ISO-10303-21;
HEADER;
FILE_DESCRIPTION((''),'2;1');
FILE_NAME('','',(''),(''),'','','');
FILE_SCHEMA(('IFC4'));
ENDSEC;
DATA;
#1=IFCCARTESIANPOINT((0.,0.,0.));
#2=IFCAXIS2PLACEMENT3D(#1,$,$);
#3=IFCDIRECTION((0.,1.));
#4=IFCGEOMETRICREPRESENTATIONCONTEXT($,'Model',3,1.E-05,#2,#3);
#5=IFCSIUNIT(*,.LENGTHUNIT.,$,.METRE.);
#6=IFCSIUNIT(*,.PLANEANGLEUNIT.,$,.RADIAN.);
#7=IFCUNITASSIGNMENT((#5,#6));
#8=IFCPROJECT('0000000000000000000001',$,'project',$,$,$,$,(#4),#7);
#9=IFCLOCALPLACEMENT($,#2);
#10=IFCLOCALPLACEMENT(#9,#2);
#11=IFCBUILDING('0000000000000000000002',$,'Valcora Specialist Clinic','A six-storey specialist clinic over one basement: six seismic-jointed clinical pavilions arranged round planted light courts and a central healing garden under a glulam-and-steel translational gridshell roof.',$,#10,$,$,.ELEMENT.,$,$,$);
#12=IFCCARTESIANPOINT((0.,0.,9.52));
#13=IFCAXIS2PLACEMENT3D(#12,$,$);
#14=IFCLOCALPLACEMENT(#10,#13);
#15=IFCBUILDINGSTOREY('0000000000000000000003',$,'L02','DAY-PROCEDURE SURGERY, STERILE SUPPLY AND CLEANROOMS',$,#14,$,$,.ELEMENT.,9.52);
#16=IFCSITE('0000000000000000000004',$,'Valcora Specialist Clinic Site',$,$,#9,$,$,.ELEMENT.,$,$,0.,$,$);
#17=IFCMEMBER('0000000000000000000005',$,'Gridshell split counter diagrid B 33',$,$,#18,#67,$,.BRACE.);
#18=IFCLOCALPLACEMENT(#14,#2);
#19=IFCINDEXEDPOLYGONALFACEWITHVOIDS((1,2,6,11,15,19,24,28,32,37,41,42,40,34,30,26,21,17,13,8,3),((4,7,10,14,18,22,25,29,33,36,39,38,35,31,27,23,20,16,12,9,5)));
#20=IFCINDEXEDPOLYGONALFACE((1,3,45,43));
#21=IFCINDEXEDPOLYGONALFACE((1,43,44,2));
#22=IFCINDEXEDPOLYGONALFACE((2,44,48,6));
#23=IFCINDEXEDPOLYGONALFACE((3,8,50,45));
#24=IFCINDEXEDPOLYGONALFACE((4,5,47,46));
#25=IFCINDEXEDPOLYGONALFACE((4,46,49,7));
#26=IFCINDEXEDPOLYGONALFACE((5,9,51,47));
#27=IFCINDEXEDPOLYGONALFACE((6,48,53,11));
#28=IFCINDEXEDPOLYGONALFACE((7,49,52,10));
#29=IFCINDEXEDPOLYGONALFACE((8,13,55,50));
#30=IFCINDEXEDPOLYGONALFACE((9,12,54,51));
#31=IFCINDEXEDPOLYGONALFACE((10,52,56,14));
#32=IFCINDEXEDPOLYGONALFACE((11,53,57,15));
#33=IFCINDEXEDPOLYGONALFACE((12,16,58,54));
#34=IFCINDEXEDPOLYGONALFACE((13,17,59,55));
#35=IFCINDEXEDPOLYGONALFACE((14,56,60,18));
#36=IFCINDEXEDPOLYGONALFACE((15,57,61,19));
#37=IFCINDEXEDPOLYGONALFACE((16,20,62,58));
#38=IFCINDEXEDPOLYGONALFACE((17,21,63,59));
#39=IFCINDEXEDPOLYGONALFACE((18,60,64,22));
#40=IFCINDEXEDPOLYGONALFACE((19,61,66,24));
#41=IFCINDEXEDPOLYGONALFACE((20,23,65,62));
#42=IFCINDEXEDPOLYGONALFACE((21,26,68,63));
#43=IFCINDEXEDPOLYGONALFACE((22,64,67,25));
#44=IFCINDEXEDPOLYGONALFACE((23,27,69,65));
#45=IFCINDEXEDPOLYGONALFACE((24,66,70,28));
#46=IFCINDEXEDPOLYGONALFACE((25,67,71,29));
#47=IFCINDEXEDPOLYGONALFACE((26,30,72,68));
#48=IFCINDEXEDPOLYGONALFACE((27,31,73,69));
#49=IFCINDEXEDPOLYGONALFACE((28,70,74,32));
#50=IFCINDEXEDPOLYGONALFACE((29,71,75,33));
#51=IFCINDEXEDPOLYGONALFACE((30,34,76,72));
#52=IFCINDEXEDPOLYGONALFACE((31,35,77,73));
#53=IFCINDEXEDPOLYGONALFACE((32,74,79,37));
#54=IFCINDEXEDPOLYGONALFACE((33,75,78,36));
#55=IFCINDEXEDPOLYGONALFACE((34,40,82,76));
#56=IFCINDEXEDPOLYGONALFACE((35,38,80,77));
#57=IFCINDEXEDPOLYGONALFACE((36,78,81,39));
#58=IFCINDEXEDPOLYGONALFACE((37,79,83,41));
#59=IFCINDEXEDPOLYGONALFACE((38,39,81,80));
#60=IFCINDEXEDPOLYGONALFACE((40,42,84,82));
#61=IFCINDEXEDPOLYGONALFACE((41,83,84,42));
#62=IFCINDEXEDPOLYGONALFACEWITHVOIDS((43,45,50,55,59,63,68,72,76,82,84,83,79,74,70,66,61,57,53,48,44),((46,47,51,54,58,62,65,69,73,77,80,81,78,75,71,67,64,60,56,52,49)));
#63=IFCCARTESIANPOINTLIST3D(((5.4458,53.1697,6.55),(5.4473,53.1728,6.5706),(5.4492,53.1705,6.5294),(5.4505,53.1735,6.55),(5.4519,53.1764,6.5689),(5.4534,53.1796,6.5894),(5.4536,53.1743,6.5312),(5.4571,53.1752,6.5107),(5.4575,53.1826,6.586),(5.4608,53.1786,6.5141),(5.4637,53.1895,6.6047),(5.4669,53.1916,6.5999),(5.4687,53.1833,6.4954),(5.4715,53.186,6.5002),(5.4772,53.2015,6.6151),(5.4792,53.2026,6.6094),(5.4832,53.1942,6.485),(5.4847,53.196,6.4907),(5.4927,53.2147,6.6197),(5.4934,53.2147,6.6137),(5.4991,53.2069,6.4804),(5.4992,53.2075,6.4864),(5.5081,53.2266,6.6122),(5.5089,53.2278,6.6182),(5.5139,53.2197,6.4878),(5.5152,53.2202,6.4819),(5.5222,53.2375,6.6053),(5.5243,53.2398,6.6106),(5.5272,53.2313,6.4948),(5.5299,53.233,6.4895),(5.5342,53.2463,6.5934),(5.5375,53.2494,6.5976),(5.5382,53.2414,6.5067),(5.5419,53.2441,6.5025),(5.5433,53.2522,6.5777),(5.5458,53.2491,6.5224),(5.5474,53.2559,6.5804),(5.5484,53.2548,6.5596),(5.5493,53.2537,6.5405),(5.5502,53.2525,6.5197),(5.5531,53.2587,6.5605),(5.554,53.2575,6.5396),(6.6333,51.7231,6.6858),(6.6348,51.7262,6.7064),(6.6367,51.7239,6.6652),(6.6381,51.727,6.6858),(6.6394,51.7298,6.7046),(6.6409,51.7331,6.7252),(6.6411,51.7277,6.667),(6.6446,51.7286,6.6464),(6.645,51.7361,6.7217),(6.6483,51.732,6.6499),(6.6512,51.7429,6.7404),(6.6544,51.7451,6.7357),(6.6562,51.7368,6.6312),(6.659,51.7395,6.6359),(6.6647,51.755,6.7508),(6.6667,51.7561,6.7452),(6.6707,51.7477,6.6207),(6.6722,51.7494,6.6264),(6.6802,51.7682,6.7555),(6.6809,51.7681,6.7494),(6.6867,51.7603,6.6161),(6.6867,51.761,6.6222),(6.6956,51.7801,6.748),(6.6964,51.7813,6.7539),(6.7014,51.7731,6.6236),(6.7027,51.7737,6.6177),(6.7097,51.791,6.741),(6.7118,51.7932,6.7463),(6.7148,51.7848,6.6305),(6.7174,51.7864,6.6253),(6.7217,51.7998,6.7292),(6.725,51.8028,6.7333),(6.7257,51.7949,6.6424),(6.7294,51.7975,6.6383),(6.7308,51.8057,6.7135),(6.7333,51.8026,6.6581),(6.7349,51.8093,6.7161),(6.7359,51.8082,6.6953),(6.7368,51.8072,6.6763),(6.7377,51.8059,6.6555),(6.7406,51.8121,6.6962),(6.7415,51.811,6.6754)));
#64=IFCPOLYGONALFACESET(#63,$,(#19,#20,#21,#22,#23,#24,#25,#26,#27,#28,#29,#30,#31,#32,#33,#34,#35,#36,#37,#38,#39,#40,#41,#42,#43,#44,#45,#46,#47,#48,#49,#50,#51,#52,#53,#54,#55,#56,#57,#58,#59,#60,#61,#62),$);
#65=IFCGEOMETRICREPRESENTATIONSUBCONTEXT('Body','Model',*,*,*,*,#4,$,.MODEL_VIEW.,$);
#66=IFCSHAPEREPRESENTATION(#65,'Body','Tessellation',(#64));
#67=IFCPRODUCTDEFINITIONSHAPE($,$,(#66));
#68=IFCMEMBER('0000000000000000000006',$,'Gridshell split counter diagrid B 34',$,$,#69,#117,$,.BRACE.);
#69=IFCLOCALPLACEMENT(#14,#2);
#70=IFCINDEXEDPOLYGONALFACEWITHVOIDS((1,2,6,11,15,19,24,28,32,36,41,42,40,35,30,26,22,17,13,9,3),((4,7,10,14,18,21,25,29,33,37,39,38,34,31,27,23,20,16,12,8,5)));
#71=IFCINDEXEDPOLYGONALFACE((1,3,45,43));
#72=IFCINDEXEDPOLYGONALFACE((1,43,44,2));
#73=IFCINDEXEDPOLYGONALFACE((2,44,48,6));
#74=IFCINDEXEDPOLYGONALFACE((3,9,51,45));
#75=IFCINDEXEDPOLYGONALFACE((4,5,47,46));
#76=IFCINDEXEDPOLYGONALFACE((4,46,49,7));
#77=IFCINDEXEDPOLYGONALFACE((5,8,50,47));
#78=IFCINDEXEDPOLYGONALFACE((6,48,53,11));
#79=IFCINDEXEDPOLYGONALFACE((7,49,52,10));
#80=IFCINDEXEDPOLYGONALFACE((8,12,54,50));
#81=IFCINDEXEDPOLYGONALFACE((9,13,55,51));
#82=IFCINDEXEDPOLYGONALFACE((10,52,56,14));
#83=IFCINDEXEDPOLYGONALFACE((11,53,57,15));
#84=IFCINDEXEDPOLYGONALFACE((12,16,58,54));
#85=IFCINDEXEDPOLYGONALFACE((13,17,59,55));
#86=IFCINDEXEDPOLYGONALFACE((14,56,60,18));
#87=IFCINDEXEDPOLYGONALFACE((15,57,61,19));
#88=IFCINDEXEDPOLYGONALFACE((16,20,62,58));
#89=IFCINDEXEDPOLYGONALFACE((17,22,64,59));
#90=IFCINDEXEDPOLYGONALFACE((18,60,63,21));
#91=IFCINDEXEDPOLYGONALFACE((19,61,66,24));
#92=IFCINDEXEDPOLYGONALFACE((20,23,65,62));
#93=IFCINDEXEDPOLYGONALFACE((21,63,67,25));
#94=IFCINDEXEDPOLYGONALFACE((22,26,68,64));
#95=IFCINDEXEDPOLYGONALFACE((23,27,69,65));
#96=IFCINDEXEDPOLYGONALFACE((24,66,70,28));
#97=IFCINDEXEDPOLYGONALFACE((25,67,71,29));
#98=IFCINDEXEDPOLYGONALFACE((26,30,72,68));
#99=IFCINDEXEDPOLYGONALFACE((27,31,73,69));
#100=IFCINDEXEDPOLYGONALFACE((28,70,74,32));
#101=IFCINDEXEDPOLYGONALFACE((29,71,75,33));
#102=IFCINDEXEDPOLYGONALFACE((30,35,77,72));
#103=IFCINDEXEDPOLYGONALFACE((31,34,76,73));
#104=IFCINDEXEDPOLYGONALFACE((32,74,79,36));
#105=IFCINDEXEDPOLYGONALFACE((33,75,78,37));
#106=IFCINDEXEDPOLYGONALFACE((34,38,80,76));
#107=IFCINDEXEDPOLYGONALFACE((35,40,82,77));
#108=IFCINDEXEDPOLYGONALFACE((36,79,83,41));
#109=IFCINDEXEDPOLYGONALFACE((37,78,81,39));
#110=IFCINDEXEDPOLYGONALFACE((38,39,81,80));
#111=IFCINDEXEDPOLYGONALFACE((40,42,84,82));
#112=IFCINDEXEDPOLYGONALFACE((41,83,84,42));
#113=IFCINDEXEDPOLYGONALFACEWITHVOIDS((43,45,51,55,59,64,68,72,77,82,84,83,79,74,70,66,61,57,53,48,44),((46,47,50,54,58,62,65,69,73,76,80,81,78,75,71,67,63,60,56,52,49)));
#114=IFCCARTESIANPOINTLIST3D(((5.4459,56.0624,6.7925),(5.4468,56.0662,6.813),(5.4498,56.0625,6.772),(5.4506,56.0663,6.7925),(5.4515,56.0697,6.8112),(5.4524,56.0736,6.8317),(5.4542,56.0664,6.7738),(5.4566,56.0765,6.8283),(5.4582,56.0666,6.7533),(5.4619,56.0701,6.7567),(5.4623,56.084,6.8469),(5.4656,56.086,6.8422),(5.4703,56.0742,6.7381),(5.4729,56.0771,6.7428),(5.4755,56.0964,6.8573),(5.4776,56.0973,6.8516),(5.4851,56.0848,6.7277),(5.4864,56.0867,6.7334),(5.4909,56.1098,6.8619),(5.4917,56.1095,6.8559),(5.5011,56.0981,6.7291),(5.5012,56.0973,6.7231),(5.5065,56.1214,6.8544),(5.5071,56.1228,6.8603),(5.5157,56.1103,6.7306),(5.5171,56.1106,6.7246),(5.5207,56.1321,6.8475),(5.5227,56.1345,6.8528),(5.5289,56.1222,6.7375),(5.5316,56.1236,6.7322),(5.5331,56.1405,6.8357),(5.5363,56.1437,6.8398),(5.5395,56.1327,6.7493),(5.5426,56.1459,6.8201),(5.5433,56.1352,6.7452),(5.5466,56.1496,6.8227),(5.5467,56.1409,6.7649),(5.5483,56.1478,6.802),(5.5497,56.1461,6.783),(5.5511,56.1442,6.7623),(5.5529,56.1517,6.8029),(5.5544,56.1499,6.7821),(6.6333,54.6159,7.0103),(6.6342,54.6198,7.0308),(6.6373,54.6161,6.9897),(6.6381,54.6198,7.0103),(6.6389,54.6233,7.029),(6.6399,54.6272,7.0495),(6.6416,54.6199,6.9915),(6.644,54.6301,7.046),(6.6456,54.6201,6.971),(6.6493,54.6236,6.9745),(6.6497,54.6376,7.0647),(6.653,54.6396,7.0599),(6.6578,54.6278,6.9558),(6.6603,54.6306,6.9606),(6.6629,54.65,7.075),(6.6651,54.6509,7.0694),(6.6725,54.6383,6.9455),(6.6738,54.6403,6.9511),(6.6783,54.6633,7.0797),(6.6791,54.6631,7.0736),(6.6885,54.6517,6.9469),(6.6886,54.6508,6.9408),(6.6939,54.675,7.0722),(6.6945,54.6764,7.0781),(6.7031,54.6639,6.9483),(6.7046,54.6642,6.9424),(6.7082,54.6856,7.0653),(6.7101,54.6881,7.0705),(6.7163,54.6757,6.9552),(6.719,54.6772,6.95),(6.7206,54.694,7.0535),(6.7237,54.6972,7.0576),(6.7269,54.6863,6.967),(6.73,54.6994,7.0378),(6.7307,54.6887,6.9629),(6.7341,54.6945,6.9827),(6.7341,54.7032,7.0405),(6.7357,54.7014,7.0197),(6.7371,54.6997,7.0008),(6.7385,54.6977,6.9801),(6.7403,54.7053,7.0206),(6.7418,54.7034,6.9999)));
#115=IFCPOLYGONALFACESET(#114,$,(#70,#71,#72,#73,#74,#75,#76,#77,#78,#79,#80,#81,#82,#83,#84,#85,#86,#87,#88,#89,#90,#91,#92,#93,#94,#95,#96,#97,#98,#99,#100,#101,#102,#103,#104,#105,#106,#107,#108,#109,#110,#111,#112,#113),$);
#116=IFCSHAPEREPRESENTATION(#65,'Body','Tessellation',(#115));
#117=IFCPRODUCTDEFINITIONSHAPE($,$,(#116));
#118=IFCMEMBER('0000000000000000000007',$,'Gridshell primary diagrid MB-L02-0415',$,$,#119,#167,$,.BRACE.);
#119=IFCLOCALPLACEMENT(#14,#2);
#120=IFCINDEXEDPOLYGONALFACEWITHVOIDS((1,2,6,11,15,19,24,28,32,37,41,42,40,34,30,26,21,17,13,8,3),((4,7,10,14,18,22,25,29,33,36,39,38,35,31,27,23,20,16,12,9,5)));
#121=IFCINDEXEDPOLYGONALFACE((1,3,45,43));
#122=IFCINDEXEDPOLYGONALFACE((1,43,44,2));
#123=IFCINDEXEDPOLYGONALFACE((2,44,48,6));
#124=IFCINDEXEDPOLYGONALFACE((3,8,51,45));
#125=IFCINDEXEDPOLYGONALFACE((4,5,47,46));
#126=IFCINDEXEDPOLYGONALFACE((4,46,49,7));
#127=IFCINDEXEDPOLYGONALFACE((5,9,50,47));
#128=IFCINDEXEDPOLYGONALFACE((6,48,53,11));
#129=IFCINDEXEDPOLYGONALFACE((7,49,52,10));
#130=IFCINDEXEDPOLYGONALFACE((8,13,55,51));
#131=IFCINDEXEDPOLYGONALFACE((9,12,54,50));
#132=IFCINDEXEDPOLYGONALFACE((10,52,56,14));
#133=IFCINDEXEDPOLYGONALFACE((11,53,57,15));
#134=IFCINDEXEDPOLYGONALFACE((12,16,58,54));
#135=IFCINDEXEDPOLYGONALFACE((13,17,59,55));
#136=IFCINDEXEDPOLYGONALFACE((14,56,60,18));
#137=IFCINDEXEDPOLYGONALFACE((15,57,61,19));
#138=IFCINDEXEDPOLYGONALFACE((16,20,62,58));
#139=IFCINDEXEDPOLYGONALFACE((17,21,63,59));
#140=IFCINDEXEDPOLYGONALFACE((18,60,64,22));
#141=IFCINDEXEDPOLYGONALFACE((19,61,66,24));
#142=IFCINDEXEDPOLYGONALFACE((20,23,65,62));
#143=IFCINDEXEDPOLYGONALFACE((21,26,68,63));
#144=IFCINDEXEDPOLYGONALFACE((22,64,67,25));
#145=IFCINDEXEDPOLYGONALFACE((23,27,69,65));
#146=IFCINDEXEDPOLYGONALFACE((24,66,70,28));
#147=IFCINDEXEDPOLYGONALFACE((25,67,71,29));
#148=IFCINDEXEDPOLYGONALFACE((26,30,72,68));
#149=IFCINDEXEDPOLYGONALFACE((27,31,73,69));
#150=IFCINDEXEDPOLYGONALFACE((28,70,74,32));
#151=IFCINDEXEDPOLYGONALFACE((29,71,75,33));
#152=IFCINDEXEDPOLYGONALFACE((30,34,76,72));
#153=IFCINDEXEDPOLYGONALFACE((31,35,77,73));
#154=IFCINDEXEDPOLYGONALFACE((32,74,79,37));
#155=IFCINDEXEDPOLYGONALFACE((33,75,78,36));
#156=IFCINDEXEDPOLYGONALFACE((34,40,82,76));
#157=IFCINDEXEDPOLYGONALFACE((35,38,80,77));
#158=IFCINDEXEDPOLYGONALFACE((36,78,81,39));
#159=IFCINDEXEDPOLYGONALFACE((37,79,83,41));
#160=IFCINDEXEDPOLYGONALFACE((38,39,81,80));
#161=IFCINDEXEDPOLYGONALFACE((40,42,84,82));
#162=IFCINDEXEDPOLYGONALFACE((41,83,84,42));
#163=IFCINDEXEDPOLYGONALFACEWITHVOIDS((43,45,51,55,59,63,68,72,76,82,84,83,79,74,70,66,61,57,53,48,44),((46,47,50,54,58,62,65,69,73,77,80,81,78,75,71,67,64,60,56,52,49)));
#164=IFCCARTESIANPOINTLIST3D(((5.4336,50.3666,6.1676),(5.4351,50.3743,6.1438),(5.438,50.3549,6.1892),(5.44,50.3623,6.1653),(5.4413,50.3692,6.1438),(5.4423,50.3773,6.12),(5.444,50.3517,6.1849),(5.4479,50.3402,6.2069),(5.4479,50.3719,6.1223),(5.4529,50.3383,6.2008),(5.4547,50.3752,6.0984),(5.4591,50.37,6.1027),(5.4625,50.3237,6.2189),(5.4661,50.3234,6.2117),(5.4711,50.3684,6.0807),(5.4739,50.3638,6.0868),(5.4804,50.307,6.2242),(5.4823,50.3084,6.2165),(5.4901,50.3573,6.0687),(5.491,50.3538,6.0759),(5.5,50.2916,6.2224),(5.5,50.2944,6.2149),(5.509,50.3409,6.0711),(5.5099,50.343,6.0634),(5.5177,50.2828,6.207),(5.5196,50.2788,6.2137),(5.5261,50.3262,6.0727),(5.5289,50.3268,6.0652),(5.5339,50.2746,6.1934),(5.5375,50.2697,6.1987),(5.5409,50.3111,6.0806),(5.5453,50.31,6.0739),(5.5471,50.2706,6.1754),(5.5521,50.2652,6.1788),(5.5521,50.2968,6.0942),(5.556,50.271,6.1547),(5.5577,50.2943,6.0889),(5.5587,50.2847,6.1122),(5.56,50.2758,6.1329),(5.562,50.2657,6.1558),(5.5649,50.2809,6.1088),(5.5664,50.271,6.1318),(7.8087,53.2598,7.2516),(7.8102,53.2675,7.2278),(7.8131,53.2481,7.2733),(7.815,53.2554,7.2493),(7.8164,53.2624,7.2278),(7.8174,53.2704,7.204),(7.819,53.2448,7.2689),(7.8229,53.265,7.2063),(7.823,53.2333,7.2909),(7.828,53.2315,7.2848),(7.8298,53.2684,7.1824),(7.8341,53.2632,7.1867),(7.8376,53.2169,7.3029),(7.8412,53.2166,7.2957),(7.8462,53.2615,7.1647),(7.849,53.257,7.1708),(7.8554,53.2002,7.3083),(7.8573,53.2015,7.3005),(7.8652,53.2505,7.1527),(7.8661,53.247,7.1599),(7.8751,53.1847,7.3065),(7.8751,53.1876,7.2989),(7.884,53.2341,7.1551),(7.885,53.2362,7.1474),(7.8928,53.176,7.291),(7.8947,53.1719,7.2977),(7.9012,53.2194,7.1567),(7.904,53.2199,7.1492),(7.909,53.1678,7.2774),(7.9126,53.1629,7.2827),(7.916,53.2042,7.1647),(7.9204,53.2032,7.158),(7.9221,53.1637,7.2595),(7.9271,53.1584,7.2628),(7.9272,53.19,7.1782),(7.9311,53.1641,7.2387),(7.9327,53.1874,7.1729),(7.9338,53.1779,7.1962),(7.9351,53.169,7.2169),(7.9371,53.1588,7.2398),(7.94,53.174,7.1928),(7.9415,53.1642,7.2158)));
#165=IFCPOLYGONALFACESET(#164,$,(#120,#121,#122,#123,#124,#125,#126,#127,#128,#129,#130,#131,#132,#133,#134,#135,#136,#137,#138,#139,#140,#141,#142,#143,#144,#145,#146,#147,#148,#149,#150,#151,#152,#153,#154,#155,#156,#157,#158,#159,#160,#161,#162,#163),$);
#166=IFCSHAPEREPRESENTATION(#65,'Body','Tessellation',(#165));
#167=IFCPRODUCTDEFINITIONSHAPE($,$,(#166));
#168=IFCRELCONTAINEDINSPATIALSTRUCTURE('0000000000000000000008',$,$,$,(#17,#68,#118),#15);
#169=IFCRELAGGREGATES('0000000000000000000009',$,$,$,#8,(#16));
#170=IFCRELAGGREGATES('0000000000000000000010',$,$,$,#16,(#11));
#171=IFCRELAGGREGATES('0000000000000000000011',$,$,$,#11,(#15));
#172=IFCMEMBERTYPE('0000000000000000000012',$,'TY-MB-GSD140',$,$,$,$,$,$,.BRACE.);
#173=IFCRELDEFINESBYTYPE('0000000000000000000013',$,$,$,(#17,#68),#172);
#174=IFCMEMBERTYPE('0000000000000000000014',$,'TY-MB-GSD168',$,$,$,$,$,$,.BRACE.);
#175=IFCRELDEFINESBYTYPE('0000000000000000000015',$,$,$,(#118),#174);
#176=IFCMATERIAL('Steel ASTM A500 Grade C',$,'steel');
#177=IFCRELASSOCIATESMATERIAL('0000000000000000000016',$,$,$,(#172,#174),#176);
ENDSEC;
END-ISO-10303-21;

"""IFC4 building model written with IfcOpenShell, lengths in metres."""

from ifc_helpers import new_model, si_unit, direction, frame, origin, origin_2d, place, context, subcontext, project, spatial, hollow_circle, extrude, material, material_profile, profile_set, type_object, element, save


model = new_model("IFC4")

# Units and contexts
model_context = context("Model", 3, precision=1e-05, world=origin(), true_north=direction((0.0, 1.0)))
body_context = subcontext(model_context, "Body", "Model", "MODEL_VIEW")
ifc_project = project(units=[si_unit("LENGTHUNIT", "METRE"), si_unit("PLANEANGLEUNIT", "RADIAN")], contexts=[model_context])

# Site, building, storey
site_placement = place(None, origin())
site = spatial("IfcSite", under=ifc_project, at=site_placement, Name="Valcora Specialist Clinic Site", CompositionType="ELEMENT", RefElevation=0.0)
building_placement = place(site_placement, origin())
building = spatial("IfcBuilding", under=site, at=building_placement, Name="Valcora Specialist Clinic", Description="A six-storey specialist clinic over one basement: six seismic-jointed clinical pavilions arranged round planted light courts and a central healing garden under a glulam-and-steel translational gridshell roof.", CompositionType="ELEMENT")
storey_placement = place(building_placement, frame((0.0, 0.0, 9.52)))
storey = spatial("IfcBuildingStorey", under=building, at=storey_placement, Name="L02", Description="DAY-PROCEDURE SURGERY, STERILE SUPPLY AND CLEANROOMS", CompositionType="ELEMENT", Elevation=9.52)

# Members
ifc_material_1 = material(Name="Steel ASTM A500 Grade C", Category="steel")
ifc_material_profile_1 = material_profile(ifc_material_1, hollow_circle(Radius=0.0701, WallThickness=0.0061, at=origin_2d()), Name="ST-CHS-140X6")
ifc_profile_set_1 = profile_set([ifc_material_profile_1], Name="Steel ASTM A500 Grade C")
member_type_1 = type_object("IfcMemberType", Name="TY-MB-GSD140", PredefinedType="BRACE", material=ifc_profile_set_1)
member_1_placement = place(storey_placement, frame((6.6875, 51.7676, 6.6858), z_axis=(-0.632846, 0.770891, -0.07234), x_axis=(-0.772916, -0.634508, 0.0)))
element("IfcMember", 1, at=member_1_placement, inside=storey, type_object=member_type_1, Name="Gridshell split counter diagrid B 33", PredefinedType="BRACE", context=body_context, shape_type="SweptSolid", body=[
    extrude(hollow_circle(Radius=0.0701, WallThickness=0.0061, at=origin_2d()), origin(), (0.0, 0.0, 1.0), 1.8765),
])
member_2_placement = place(storey_placement, frame((6.6875, 54.6604, 7.0103), z_axis=(-0.630256, 0.767736, -0.115581), x_axis=(-0.772916, -0.634508, 0.0)))
element("IfcMember", 2, at=member_2_placement, inside=storey, type_object=member_type_1, Name="Gridshell split counter diagrid B 34", PredefinedType="BRACE", context=body_context, shape_type="SweptSolid", body=[
    extrude(hollow_circle(Radius=0.0701, WallThickness=0.0061, at=origin_2d()), origin(), (0.0, 0.0, 1.0), 1.884),
])
ifc_material_profile_2 = material_profile(ifc_material_1, hollow_circle(Radius=0.084, WallThickness=0.0081, at=origin_2d()), Name="ST-CHS-168X8")
ifc_profile_set_2 = profile_set([ifc_material_profile_2], Name="Steel ASTM A500 Grade C")
member_type_2 = type_object("IfcMemberType", Name="TY-MB-GSD168", PredefinedType="BRACE", material=ifc_profile_set_2)
member_3_placement = place(storey_placement, frame((5.5, 50.321, 6.1438), z_axis=(0.609466, 0.742411, 0.278169), x_axis=(-0.772916, 0.634508, 0.0)))
element("IfcMember", 3, at=member_3_placement, inside=storey, type_object=member_type_2, Name="Gridshell primary diagrid MB-L02-0415", PredefinedType="BRACE", context=body_context, shape_type="SweptSolid", body=[
    extrude(hollow_circle(Radius=0.084, WallThickness=0.0081, at=origin_2d()), origin(), (0.0, 0.0, 1.0), 3.897),
])

save(model, "model.ifc")
